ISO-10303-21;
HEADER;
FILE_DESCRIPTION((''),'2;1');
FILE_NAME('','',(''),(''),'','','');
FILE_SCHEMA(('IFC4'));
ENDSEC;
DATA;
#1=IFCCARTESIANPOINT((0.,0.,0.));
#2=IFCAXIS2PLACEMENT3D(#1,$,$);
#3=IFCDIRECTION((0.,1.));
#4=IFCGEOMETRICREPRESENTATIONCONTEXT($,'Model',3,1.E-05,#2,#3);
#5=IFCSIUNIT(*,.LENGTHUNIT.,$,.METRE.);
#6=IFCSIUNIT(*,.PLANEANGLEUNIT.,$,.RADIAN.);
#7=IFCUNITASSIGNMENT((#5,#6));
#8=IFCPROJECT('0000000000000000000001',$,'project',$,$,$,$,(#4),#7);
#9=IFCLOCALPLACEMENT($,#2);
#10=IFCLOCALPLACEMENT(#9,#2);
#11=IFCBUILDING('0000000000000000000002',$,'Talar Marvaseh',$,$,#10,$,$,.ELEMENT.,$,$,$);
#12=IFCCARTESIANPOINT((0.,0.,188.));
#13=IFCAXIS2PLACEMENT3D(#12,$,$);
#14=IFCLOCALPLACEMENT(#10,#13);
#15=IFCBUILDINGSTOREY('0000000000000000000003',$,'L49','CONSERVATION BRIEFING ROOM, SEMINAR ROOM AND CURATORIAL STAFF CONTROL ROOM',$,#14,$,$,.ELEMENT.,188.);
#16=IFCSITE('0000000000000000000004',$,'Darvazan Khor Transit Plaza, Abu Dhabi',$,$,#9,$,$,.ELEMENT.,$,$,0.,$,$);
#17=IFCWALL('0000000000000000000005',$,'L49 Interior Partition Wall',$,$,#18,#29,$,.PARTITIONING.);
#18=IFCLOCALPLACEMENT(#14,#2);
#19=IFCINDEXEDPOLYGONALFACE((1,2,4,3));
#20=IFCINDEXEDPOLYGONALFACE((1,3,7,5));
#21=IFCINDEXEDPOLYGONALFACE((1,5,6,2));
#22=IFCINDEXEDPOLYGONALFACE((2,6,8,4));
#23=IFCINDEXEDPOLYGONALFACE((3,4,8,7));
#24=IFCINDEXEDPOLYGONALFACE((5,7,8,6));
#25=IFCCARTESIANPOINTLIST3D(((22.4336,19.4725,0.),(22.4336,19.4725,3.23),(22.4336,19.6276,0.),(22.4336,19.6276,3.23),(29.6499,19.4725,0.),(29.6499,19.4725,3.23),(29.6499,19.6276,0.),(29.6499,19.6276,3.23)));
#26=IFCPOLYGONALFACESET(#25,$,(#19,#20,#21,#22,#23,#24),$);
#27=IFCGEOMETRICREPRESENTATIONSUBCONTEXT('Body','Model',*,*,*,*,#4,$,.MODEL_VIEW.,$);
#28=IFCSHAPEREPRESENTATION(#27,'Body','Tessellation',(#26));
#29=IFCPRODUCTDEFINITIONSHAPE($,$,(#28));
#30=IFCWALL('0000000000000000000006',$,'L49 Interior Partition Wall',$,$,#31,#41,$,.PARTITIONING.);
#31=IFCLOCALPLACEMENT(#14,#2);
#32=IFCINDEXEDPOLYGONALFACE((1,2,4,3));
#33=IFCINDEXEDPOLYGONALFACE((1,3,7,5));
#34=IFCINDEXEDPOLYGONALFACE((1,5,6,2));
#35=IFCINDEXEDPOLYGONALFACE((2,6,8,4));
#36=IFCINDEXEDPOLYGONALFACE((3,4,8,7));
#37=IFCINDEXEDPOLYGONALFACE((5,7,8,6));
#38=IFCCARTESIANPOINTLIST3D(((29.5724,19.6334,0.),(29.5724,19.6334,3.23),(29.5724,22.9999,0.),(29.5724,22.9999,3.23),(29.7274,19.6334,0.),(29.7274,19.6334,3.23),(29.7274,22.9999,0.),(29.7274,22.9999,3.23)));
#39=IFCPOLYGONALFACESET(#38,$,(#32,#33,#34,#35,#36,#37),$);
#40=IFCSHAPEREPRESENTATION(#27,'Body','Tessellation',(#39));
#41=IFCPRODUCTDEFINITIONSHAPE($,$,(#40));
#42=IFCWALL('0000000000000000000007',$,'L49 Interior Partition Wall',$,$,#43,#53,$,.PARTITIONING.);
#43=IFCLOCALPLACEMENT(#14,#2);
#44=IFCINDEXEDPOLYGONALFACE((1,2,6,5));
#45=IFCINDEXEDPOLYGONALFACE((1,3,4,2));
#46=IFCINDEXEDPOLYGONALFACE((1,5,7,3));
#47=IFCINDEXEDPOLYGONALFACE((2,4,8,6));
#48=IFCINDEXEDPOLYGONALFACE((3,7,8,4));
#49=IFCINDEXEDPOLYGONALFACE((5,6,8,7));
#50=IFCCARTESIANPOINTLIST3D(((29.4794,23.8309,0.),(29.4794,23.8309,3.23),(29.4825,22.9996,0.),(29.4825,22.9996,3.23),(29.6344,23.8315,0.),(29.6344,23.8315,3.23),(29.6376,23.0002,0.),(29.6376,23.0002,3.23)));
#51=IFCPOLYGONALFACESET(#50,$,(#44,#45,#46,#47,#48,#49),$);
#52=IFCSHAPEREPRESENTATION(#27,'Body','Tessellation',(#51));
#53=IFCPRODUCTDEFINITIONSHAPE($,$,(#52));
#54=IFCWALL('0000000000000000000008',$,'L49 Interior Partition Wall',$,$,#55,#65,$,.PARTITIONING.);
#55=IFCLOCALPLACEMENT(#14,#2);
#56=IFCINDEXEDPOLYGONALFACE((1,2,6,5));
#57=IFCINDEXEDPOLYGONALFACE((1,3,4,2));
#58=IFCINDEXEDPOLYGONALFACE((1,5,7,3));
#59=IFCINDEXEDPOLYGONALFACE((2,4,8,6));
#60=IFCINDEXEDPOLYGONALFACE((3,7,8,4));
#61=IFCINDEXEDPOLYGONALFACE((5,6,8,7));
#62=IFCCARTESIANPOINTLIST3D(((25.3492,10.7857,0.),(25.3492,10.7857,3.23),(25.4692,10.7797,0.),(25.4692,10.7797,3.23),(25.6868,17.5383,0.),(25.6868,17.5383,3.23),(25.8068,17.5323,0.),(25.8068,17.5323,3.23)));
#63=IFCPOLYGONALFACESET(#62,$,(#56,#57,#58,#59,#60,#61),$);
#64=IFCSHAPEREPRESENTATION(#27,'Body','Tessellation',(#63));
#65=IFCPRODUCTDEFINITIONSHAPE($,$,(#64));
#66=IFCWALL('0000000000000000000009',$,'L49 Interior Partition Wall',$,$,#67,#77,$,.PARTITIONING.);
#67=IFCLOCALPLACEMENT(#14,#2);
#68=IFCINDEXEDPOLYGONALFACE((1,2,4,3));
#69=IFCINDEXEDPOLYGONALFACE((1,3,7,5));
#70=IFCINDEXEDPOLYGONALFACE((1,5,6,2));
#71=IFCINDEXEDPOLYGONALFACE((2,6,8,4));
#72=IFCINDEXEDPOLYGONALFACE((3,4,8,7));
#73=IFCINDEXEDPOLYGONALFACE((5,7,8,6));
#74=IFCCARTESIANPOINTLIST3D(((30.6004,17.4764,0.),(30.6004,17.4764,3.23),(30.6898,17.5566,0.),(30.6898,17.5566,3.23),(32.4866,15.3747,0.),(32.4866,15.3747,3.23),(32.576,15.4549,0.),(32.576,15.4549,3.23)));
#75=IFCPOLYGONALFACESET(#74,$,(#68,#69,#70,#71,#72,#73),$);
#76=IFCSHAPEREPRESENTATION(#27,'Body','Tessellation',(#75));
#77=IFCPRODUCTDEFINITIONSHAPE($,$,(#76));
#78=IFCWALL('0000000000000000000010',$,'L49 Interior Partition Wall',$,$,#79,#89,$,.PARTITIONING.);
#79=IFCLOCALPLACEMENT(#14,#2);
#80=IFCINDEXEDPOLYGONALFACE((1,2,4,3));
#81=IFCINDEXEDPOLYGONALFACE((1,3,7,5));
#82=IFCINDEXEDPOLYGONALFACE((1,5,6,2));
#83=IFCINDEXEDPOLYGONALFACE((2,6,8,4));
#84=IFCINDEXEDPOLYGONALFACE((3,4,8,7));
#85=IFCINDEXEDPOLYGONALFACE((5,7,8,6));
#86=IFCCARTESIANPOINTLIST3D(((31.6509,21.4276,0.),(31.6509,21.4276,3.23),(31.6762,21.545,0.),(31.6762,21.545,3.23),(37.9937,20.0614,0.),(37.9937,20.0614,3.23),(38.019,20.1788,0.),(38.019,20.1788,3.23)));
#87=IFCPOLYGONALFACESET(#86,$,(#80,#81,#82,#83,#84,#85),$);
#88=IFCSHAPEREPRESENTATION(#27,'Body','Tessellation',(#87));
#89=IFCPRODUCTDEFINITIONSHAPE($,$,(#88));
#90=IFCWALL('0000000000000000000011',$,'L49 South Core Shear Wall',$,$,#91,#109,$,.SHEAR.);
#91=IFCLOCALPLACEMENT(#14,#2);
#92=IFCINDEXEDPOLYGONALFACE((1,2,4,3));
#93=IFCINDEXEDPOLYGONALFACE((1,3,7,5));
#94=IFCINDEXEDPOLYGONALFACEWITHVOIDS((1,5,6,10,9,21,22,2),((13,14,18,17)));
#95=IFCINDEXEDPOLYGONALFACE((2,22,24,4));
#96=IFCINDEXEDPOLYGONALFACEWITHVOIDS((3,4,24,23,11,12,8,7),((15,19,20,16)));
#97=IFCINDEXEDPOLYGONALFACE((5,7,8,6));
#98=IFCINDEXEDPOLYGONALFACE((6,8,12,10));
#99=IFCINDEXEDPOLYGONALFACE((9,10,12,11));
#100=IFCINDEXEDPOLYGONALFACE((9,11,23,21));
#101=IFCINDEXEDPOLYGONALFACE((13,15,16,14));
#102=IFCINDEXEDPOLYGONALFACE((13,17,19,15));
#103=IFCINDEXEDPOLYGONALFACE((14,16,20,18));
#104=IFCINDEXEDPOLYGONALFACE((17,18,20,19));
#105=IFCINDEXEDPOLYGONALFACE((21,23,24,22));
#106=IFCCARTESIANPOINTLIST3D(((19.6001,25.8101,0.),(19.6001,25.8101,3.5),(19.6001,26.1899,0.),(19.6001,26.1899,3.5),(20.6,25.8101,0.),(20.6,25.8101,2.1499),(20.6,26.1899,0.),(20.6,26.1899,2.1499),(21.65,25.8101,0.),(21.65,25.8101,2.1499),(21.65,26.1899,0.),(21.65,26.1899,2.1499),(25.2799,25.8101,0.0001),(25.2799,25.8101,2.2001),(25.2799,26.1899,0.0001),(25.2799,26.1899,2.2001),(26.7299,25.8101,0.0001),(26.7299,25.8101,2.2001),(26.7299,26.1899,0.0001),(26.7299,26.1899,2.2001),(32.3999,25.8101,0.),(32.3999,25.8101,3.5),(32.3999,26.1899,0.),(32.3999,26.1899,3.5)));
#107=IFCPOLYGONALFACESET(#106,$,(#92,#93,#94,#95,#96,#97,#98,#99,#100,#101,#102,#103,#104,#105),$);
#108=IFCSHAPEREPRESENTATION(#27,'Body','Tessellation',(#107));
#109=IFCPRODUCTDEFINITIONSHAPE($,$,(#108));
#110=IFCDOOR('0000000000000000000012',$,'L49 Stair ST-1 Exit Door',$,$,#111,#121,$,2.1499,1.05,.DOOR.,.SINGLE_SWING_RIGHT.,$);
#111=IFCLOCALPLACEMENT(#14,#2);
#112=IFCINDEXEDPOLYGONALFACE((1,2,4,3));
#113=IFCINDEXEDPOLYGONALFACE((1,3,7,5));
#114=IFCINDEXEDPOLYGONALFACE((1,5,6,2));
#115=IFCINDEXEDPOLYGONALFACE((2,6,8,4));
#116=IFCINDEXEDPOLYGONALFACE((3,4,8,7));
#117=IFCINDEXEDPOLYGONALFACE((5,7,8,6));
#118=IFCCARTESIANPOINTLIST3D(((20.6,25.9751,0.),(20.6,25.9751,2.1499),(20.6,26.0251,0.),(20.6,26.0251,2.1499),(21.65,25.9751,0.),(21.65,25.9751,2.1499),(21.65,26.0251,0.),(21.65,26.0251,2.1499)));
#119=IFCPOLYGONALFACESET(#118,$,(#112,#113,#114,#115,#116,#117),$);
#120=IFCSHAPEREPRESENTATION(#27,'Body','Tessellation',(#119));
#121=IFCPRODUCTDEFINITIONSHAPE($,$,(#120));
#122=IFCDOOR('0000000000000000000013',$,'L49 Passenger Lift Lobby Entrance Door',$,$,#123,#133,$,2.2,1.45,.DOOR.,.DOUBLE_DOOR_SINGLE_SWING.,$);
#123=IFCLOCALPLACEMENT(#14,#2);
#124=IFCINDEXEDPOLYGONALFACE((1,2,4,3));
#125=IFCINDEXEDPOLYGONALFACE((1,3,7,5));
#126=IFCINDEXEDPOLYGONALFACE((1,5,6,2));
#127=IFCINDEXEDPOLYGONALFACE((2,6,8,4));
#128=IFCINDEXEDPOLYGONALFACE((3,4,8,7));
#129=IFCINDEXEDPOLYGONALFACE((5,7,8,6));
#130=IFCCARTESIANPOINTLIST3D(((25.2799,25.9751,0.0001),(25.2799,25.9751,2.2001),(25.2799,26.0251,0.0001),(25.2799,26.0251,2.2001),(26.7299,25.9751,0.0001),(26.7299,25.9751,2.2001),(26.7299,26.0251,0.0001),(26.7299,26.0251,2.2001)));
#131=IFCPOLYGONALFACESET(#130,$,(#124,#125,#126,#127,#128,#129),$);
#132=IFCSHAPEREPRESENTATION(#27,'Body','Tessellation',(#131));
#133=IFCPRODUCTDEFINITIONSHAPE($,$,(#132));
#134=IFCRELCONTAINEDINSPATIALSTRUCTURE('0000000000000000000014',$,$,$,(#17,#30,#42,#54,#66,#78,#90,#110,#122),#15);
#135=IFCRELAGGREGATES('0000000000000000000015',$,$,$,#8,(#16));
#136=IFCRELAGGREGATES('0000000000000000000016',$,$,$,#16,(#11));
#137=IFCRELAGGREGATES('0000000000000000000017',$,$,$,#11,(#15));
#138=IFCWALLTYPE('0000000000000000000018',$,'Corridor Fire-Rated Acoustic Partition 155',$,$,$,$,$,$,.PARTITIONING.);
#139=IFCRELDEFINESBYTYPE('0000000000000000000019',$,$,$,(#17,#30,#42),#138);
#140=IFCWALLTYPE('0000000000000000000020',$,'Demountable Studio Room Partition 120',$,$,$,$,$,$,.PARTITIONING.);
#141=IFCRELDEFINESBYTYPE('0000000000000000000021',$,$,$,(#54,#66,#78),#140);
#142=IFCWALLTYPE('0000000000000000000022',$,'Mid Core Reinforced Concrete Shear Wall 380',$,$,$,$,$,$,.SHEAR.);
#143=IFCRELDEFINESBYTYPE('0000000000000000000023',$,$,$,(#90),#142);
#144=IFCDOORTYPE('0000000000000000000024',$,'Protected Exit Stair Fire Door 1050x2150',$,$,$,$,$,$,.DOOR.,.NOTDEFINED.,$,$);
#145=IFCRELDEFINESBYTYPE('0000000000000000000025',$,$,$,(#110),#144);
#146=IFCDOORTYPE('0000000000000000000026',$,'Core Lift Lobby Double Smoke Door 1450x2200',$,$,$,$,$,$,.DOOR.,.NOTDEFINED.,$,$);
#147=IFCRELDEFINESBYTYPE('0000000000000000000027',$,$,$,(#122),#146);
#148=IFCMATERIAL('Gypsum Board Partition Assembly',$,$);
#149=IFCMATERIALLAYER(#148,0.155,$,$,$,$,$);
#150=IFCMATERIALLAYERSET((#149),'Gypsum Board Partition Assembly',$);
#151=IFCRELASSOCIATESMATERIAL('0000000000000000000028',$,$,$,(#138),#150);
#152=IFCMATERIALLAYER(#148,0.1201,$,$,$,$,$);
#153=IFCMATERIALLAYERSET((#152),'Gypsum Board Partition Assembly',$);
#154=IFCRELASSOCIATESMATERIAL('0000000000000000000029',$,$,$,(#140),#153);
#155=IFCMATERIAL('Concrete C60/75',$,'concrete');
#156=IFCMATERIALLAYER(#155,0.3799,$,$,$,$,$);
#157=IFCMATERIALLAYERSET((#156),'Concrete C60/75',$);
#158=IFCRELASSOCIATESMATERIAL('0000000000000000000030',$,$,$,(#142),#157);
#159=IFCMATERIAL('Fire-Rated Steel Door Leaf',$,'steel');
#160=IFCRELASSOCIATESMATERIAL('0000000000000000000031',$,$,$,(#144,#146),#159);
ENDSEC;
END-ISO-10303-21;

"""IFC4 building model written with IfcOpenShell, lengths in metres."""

from ifc_helpers import new_model, si_unit, direction, frame, frame_2d, origin, place, context, subcontext, project, spatial, rectangle, extrude, source, transform, mapped, material, layer, layer_set, type_object, type_shapes, element, fill, save


model = new_model("IFC4")

# Units and contexts
model_context = context("Model", 3, precision=1e-05, world=origin(), true_north=direction((0.0, 1.0)))
body_context = subcontext(model_context, "Body", "Model", "MODEL_VIEW")
ifc_project = project(units=[si_unit("LENGTHUNIT", "METRE"), si_unit("PLANEANGLEUNIT", "RADIAN")], contexts=[model_context])

# Site, building, storey
site_placement = place(None, origin())
site = spatial("IfcSite", under=ifc_project, at=site_placement, Name="Darvazan Khor Transit Plaza, Abu Dhabi", CompositionType="ELEMENT", RefElevation=0.0)
building_placement = place(site_placement, origin())
building = spatial("IfcBuilding", under=site, at=building_placement, Name="Talar Marvaseh", CompositionType="ELEMENT")
storey_placement = place(building_placement, frame((0.0, 0.0, 188.0)))
storey = spatial("IfcBuildingStorey", under=building, at=storey_placement, Name="L49", Description="CONSERVATION BRIEFING ROOM, SEMINAR ROOM AND CURATORIAL STAFF CONTROL ROOM", CompositionType="ELEMENT", Elevation=188.0)

# Shared definitions
ifc_material_1 = material(Name="Concrete C60/75", Category="concrete")

# Shared definitions
ifc_material_2 = material(Name="Gypsum Board Partition Assembly")
ifc_layer_1 = layer(ifc_material_2, 0.155)
ifc_layer_set_1 = layer_set([ifc_layer_1], Name="Gypsum Board Partition Assembly")
wall_type_1 = type_object("IfcWallType", Name="Corridor Fire-Rated Acoustic Partition 155", PredefinedType="PARTITIONING", material=ifc_layer_set_1)

# Walls
wall_1_placement = place(storey_placement, frame((22.4336, 19.55, 0.0), z_axis=(0.0, 0.0, 1.0), x_axis=(1.0, 0.0, 0.0)))
element("IfcWall", 1, at=wall_1_placement, inside=storey, type_object=wall_type_1, Name="L49 Interior Partition Wall", PredefinedType="PARTITIONING", context=body_context, shape_type="SweptSolid", body=[
    extrude(rectangle(XDim=7.2163, YDim=0.155, at=frame_2d((3.6082, 0.0))), origin(), (0.0, 0.0, 1.0), 3.23),
])
wall_2_placement = place(storey_placement, frame((29.6499, 19.6335, 0.0), z_axis=(0.0, 0.0, 1.0), x_axis=(0.0, 1.0, 0.0)))
element("IfcWall", 2, at=wall_2_placement, inside=storey, type_object=wall_type_1, Name="L49 Interior Partition Wall", PredefinedType="PARTITIONING", context=body_context, shape_type="SweptSolid", body=[
    extrude(rectangle(XDim=3.3665, YDim=0.155, at=frame_2d((1.6831, 0.0))), origin(), (0.0, 0.0, 1.0), 3.23),
])
wall_3_placement = place(storey_placement, frame((29.5601, 23.0, 0.0), z_axis=(0.0, 0.0, 1.0), x_axis=(-0.003818, 0.999993, 0.0)))
element("IfcWall", 3, at=wall_3_placement, inside=storey, type_object=wall_type_1, Name="L49 Interior Partition Wall", PredefinedType="PARTITIONING", context=body_context, shape_type="SweptSolid", body=[
    extrude(rectangle(XDim=0.8313, YDim=0.155, at=frame_2d((0.4155, 0.0))), origin(), (0.0, 0.0, 1.0), 3.23),
])
ifc_layer_2 = layer(ifc_material_2, 0.1201)
ifc_layer_set_2 = layer_set([ifc_layer_2], Name="Gypsum Board Partition Assembly")
wall_type_2 = type_object("IfcWallType", Name="Demountable Studio Room Partition 120", PredefinedType="PARTITIONING", material=ifc_layer_set_2)
wall_4_placement = place(storey_placement, frame((25.7468, 17.5352, 0.0), z_axis=(0.0, 0.0, 1.0), x_axis=(-0.049941, -0.998752, 0.0)))
element("IfcWall", 4, at=wall_4_placement, inside=storey, type_object=wall_type_2, Name="L49 Interior Partition Wall", PredefinedType="PARTITIONING", context=body_context, shape_type="SweptSolid", body=[
    extrude(rectangle(XDim=6.761, YDim=0.1201, at=frame_2d((3.3804, 0.0))), origin(), (0.0, 0.0, 1.0), 3.23),
])
wall_5_placement = place(storey_placement, frame((30.645, 17.5166, 0.0), z_axis=(0.0, 0.0, 1.0), x_axis=(0.667909, -0.744243, 0.0)))
element("IfcWall", 5, at=wall_5_placement, inside=storey, type_object=wall_type_2, Name="L49 Interior Partition Wall", PredefinedType="PARTITIONING", context=body_context, shape_type="SweptSolid", body=[
    extrude(rectangle(XDim=2.824, YDim=0.1201, at=frame_2d((1.4121, 0.0))), origin(), (0.0, 0.0, 1.0), 3.23),
])
wall_6_placement = place(storey_placement, frame((31.6636, 21.4863, 0.0), z_axis=(0.0, 0.0, 1.0), x_axis=(0.977579, -0.210567, 0.0)))
element("IfcWall", 6, at=wall_6_placement, inside=storey, type_object=wall_type_2, Name="L49 Interior Partition Wall", PredefinedType="PARTITIONING", context=body_context, shape_type="SweptSolid", body=[
    extrude(rectangle(XDim=6.4883, YDim=0.1201, at=frame_2d((3.2441, 0.0))), origin(), (0.0, 0.0, 1.0), 3.23),
])

# Wall, openings, doors
ifc_layer_3 = layer(ifc_material_1, 0.3799)
ifc_layer_set_3 = layer_set([ifc_layer_3], Name="Concrete C60/75")
wall_type_3 = type_object("IfcWallType", Name="Mid Core Reinforced Concrete Shear Wall 380", PredefinedType="SHEAR", material=ifc_layer_set_3)
wall_7_placement = place(storey_placement, frame((32.3999, 26.0, 0.0), z_axis=(0.0, 0.0, 1.0), x_axis=(-1.0, 0.0, 0.0)))
wall_7 = element("IfcWall", 7, at=wall_7_placement, inside=storey, type_object=wall_type_3, Name="L49 South Core Shear Wall", PredefinedType="SHEAR", context=body_context, shape_type="SweptSolid", body=[
    extrude(rectangle(XDim=12.7998, YDim=0.3799, at=frame_2d((6.3999, 0.0))), origin(), (0.0, 0.0, 1.0), 3.5),
])
opening_1_placement = place(wall_7_placement, frame((10.75, 0.0, 0.0)))
opening_1 = element("IfcOpeningElement", 8, at=opening_1_placement, cuts=wall_7, PredefinedType="OPENING", context=body_context, shape_type="SweptSolid", body=[
    extrude(rectangle(XDim=1.05, YDim=2.1499, at=frame_2d((0.5249, 1.075))), frame((0.0, 0.2, 0.0), z_axis=(0.0, -1.0, 0.0), x_axis=(1.0, 0.0, 0.0)), (0.0, 0.0, 1.0), 0.3999),
])
opening_2_placement = place(wall_7_placement, frame((5.6699, 0.0, 0.0)))
opening_2 = element("IfcOpeningElement", 9, at=opening_2_placement, cuts=wall_7, PredefinedType="OPENING", context=body_context, shape_type="SweptSolid", body=[
    extrude(rectangle(XDim=1.45, YDim=2.2, at=frame_2d((0.7251, 1.1001))), frame((0.0, 0.2, 0.0), z_axis=(0.0, -1.0, 0.0), x_axis=(1.0, 0.0, 0.0)), (0.0, 0.0, 1.0), 0.3999),
])
ifc_material_3 = material(Name="Fire-Rated Steel Door Leaf", Category="steel")
door_type_1 = type_object("IfcDoorType", Name="Protected Exit Stair Fire Door 1050x2150", OperationType="NOTDEFINED", PredefinedType="DOOR", material=ifc_material_3)
shared_shape_1 = source(origin(), body_context, "Body", "SweptSolid", [
    extrude(rectangle(XDim=1.05, YDim=2.1499, at=frame_2d((0.5249, 1.075))), frame((0.0, 0.0249, 0.0), z_axis=(0.0, -1.0, 0.0), x_axis=(1.0, 0.0, 0.0)), (0.0, 0.0, 1.0), 0.05),
])
type_shapes(door_type_1, [shared_shape_1])
door_1_placement = place(opening_1_placement, origin())
door_1 = element("IfcDoor", 10, at=door_1_placement, inside=storey, type_object=door_type_1, Name="L49 Stair ST-1 Exit Door", OperationType="SINGLE_SWING_RIGHT", OverallHeight=2.1499, OverallWidth=1.05, PredefinedType="DOOR", context=body_context, shape_type="MappedRepresentation", body=[
    mapped(shared_shape_1, transform((0.0, 0.0, 0.0), x_axis=(1.0, 0.0, 0.0), y_axis=(0.0, 1.0, 0.0), z_axis=(0.0, 0.0, 1.0), scale=1.0)),
])
fill(opening_1, door_1)
door_type_2 = type_object("IfcDoorType", Name="Core Lift Lobby Double Smoke Door 1450x2200", OperationType="NOTDEFINED", PredefinedType="DOOR", material=ifc_material_3)
shared_shape_2 = source(origin(), body_context, "Body", "SweptSolid", [
    extrude(rectangle(XDim=1.45, YDim=2.2, at=frame_2d((0.7251, 1.1001))), frame((0.0, 0.0249, 0.0), z_axis=(0.0, -1.0, 0.0), x_axis=(1.0, 0.0, 0.0)), (0.0, 0.0, 1.0), 0.05),
])
type_shapes(door_type_2, [shared_shape_2])
door_2_placement = place(opening_2_placement, origin())
door_2 = element("IfcDoor", 11, at=door_2_placement, inside=storey, type_object=door_type_2, Name="L49 Passenger Lift Lobby Entrance Door", OperationType="DOUBLE_DOOR_SINGLE_SWING", OverallHeight=2.2, OverallWidth=1.45, PredefinedType="DOOR", context=body_context, shape_type="MappedRepresentation", body=[
    mapped(shared_shape_2, transform((0.0, 0.0, 0.0), x_axis=(1.0, 0.0, 0.0), y_axis=(0.0, 1.0, 0.0), z_axis=(0.0, 0.0, 1.0), scale=1.0)),
])
fill(opening_2, door_2)

save(model, "model.ifc")
